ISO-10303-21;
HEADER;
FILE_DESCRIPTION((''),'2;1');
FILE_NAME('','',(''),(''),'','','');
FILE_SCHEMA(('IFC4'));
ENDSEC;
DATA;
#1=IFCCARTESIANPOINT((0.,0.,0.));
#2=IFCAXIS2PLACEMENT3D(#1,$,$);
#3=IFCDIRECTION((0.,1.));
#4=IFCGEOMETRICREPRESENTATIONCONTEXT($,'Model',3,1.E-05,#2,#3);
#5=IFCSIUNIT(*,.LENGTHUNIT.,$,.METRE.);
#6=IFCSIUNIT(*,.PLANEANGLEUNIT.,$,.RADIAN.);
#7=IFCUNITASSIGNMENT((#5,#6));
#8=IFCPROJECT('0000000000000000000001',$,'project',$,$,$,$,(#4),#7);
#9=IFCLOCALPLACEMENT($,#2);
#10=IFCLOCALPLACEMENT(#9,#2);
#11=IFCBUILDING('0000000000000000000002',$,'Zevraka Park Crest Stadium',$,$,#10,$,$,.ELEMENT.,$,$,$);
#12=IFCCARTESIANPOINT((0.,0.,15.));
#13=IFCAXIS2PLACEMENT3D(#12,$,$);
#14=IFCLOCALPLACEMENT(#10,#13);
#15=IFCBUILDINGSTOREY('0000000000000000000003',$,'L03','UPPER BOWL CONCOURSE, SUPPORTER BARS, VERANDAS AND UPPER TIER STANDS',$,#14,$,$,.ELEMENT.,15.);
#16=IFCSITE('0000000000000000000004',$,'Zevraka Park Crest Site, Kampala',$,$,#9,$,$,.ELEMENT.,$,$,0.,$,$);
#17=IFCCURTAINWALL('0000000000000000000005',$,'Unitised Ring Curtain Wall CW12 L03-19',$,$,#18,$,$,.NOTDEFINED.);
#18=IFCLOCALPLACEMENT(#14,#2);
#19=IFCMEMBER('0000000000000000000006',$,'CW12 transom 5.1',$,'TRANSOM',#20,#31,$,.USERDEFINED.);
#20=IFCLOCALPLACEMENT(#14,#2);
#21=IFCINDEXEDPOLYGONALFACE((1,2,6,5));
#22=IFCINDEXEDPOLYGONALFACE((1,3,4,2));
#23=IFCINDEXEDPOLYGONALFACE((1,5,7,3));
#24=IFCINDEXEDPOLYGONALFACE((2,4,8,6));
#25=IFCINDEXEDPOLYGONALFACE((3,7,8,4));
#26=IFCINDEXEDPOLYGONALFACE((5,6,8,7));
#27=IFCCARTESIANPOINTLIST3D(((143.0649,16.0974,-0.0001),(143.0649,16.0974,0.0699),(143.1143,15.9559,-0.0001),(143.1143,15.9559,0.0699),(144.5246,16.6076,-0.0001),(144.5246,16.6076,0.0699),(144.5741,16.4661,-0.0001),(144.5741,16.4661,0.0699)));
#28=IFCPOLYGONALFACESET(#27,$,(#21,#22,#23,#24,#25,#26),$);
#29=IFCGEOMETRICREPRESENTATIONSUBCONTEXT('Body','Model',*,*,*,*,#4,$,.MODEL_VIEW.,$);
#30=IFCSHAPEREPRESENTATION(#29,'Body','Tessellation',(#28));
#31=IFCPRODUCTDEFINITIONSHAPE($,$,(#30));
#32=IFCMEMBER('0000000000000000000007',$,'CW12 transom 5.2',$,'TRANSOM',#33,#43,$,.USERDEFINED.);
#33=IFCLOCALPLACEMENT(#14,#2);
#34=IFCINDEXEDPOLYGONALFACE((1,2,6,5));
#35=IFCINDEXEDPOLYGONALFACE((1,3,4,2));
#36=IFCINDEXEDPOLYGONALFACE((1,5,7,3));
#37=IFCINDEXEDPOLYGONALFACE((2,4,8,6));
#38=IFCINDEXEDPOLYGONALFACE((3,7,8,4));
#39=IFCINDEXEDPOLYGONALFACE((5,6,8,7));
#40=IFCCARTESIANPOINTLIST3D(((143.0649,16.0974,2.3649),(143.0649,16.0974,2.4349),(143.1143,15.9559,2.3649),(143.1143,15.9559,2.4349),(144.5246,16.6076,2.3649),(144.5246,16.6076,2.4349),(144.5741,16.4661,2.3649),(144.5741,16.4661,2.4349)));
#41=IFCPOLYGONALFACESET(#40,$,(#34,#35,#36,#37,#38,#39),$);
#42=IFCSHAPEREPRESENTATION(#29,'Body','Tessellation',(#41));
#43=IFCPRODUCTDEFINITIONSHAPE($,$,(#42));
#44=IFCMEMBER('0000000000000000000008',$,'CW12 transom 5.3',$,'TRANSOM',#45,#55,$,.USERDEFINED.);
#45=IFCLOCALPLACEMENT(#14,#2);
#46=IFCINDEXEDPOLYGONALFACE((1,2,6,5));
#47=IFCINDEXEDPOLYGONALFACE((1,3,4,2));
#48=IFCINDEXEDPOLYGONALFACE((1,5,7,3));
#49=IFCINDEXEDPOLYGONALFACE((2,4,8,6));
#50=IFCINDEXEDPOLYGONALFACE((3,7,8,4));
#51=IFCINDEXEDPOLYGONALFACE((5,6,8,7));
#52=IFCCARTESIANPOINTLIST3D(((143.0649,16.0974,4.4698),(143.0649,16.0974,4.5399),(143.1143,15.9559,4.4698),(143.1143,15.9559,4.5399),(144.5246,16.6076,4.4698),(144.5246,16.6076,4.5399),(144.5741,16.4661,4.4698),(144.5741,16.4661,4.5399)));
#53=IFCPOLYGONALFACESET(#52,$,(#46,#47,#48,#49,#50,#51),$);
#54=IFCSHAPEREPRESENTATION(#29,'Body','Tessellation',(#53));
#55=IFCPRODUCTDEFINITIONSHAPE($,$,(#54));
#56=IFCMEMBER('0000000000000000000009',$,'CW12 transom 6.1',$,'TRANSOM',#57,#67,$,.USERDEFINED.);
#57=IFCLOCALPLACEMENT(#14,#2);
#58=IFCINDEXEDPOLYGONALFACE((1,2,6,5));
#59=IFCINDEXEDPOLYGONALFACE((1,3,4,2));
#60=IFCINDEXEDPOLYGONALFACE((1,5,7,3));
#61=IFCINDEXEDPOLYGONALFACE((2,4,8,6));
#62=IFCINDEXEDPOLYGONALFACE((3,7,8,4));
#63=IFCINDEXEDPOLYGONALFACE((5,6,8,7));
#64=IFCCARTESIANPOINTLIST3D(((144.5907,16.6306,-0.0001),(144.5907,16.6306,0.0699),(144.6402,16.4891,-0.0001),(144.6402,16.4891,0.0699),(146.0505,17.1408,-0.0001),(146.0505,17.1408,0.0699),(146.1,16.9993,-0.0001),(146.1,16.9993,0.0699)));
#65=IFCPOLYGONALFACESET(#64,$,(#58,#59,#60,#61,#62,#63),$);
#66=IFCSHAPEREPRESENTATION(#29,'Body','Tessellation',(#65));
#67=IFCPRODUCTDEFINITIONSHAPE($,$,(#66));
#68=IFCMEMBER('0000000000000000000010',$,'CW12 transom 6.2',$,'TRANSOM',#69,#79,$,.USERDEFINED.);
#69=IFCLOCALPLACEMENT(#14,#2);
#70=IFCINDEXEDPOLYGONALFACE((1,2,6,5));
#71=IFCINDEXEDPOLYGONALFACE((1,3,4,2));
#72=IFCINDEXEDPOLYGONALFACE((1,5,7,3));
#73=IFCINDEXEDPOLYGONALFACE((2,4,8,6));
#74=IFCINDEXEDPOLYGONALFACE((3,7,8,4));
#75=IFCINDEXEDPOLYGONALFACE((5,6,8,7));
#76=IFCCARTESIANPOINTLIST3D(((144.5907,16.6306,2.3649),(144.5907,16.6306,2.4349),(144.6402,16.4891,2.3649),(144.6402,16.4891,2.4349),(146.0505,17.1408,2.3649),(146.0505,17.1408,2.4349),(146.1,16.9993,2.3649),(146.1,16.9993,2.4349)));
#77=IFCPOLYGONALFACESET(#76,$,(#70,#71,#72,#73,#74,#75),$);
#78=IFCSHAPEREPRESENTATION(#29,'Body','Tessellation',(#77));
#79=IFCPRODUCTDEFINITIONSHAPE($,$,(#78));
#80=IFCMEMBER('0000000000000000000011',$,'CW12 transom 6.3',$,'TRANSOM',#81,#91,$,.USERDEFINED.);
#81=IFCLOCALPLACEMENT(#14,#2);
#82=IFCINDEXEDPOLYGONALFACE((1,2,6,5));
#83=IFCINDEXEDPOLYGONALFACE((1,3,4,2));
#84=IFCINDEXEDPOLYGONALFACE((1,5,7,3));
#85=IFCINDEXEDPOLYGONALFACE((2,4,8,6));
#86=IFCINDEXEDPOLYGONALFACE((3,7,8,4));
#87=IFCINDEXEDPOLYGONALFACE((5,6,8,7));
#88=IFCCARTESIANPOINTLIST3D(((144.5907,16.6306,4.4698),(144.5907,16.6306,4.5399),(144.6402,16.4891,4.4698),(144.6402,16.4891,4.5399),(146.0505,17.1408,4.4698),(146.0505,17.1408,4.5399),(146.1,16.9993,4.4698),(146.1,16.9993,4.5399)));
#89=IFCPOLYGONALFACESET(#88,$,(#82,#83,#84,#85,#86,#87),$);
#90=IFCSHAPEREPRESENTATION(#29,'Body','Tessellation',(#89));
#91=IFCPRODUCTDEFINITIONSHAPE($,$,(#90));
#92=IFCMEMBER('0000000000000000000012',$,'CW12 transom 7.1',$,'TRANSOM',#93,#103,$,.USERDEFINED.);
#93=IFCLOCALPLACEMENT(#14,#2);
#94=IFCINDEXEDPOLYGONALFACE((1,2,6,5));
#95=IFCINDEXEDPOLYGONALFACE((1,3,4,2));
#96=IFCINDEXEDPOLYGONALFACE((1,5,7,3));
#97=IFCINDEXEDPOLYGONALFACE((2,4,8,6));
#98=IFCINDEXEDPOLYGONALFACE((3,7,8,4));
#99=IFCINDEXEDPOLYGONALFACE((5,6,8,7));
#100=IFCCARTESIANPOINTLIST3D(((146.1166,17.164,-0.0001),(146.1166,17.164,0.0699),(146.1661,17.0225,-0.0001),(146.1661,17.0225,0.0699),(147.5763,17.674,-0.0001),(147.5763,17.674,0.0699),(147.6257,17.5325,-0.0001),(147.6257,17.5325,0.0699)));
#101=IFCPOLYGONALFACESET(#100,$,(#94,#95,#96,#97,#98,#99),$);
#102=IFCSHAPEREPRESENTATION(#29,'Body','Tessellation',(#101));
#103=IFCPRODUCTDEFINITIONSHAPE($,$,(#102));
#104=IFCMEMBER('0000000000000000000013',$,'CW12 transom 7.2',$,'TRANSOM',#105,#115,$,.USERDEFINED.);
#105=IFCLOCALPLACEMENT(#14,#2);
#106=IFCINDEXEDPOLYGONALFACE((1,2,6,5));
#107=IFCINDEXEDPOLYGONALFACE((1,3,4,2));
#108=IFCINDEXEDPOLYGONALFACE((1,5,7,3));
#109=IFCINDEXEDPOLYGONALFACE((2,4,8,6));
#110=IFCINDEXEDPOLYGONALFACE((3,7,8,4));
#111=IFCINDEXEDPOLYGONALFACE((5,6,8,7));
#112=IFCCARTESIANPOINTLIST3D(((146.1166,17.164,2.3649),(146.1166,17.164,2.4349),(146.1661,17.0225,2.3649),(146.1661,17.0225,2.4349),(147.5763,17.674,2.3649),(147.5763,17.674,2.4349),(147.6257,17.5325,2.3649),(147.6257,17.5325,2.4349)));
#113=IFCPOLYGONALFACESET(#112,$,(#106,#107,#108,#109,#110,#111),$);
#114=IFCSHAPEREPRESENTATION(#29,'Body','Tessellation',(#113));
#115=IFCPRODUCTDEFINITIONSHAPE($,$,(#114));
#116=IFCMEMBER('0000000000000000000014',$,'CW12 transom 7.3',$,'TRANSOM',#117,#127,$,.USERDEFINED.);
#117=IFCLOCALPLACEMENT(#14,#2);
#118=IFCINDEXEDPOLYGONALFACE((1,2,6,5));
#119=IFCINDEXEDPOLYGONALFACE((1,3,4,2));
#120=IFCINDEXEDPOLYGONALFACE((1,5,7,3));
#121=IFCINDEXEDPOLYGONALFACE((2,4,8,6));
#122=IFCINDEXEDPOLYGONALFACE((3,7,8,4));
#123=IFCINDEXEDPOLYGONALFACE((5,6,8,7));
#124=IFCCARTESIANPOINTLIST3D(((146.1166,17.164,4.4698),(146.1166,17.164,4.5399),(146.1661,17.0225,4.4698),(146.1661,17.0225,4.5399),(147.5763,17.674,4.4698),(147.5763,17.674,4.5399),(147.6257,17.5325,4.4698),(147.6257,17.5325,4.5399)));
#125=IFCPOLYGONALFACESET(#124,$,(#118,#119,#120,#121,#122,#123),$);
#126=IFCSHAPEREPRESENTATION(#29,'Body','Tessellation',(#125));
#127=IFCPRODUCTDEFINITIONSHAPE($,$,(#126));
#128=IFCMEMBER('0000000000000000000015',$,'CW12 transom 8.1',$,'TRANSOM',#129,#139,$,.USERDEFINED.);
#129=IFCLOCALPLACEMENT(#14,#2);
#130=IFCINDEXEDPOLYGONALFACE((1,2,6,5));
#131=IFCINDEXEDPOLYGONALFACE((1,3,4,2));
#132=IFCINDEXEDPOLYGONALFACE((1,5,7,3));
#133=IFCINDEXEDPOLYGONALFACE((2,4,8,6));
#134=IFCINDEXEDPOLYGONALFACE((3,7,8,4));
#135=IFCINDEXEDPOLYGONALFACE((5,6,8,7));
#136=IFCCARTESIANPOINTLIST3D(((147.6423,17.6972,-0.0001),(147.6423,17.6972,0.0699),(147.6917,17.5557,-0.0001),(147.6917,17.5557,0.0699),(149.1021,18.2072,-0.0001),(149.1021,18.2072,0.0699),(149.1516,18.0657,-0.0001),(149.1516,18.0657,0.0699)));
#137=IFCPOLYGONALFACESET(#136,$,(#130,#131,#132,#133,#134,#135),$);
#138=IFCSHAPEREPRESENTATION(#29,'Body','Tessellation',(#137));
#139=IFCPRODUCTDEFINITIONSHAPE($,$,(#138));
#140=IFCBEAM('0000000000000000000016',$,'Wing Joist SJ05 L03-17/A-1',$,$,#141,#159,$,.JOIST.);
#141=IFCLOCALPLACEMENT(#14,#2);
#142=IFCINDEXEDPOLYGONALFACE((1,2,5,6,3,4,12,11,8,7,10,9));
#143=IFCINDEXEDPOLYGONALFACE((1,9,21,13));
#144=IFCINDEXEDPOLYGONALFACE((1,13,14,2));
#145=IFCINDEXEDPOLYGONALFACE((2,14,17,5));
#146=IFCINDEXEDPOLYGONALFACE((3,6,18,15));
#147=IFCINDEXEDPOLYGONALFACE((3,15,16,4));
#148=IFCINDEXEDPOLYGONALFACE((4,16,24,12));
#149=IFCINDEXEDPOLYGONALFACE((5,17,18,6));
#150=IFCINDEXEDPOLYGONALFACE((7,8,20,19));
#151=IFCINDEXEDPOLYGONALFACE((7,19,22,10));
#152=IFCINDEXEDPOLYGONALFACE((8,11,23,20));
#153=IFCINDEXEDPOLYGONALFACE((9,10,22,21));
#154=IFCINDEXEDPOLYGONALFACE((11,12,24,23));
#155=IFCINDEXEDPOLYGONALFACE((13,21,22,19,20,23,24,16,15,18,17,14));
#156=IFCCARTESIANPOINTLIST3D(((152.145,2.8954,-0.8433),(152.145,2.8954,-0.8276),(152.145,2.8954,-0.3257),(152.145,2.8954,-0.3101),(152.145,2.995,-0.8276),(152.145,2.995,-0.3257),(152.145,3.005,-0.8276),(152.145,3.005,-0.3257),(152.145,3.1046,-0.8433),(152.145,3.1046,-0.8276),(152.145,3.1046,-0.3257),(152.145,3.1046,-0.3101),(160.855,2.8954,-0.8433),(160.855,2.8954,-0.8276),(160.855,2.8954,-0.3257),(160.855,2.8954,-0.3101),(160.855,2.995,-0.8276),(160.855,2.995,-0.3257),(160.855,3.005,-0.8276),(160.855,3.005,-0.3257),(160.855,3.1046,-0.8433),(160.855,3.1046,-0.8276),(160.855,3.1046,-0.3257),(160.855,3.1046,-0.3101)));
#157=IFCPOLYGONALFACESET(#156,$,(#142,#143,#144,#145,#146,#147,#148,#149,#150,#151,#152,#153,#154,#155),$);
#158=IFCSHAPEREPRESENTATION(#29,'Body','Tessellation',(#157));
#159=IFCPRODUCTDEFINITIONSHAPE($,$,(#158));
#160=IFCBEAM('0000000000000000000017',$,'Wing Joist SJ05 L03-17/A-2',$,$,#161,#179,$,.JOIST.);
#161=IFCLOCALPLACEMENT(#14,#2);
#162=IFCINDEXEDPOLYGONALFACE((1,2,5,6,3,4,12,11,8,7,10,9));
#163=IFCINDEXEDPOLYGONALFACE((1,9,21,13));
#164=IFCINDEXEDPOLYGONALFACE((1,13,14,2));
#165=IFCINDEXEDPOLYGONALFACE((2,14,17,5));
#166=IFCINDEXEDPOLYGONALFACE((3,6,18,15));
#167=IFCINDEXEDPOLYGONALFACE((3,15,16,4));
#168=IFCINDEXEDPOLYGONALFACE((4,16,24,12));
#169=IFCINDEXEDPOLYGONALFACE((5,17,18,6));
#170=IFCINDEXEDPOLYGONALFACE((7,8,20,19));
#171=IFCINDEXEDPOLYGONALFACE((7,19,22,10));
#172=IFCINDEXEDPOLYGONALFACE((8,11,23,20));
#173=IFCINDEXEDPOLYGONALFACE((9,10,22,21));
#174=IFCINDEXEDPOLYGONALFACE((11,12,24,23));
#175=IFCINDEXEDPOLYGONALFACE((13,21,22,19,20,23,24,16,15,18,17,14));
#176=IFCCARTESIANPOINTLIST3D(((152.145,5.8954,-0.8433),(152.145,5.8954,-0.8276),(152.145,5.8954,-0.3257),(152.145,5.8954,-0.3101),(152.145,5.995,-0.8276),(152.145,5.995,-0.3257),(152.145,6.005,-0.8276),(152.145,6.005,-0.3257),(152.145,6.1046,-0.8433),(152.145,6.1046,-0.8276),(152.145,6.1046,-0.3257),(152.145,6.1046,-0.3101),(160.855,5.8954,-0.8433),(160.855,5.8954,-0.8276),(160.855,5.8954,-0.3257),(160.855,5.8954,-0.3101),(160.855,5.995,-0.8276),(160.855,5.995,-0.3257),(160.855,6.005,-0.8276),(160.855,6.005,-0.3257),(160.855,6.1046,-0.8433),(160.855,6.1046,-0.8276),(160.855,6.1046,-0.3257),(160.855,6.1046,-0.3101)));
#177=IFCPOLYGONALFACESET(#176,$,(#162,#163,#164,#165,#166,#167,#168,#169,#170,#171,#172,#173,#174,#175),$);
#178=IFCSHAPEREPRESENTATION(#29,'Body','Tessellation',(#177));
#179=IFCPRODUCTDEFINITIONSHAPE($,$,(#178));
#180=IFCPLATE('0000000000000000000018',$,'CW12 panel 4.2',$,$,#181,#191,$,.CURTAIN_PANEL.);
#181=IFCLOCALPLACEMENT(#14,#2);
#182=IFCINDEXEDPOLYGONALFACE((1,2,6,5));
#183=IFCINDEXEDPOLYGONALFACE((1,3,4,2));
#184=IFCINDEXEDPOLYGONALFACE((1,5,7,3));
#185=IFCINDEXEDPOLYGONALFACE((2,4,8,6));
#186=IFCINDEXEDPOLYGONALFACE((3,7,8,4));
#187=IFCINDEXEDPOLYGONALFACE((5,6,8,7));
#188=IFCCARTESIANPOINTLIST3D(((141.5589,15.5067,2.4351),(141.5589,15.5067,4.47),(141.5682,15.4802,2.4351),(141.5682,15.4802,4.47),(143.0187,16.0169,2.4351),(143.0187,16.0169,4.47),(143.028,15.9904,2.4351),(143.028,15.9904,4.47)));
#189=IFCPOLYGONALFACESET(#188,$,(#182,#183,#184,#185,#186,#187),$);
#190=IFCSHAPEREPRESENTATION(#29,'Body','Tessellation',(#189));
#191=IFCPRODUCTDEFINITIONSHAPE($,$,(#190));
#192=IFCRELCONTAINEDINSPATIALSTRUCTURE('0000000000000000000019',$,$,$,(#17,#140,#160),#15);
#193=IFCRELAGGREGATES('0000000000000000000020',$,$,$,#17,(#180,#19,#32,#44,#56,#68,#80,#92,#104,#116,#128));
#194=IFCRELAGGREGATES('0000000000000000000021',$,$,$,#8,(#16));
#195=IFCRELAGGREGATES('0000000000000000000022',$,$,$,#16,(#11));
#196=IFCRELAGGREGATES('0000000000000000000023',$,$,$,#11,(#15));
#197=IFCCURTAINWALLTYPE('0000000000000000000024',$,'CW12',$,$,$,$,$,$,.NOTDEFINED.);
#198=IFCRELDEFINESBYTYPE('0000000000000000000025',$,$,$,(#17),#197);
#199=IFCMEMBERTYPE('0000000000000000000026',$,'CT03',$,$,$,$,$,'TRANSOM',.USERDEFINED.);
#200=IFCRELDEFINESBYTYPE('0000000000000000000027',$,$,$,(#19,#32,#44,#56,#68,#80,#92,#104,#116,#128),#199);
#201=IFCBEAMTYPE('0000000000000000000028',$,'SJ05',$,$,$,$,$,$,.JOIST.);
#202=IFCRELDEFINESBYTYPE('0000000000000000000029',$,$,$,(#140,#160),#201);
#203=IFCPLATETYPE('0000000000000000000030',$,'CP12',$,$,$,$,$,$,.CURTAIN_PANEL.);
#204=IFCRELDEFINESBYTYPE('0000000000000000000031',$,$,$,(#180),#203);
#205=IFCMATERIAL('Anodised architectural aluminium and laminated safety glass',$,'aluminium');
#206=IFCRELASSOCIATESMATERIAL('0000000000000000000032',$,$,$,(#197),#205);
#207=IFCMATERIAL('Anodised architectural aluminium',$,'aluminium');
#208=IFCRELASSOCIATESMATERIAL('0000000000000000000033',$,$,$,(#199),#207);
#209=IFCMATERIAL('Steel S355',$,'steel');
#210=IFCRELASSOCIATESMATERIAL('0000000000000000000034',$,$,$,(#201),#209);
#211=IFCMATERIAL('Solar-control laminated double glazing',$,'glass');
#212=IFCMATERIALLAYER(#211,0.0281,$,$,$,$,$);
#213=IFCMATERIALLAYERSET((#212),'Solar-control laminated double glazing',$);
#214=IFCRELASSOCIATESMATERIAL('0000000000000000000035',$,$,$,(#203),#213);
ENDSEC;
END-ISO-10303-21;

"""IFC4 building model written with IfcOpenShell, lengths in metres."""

from ifc_helpers import new_model, si_unit, direction, frame, origin, origin_2d, place, context, subcontext, project, spatial, rectangle, i_section, extrude, material, layer, layer_set, material_profile, profile_set, type_object, element, aggregate, save


model = new_model("IFC4")

# Units and contexts
model_context = context("Model", 3, precision=1e-05, world=origin(), true_north=direction((0.0, 1.0)))
body_context = subcontext(model_context, "Body", "Model", "MODEL_VIEW")
ifc_project = project(units=[si_unit("LENGTHUNIT", "METRE"), si_unit("PLANEANGLEUNIT", "RADIAN")], contexts=[model_context])

# Site, building, storey
site_placement = place(None, origin())
site = spatial("IfcSite", under=ifc_project, at=site_placement, Name="Zevraka Park Crest Site, Kampala", CompositionType="ELEMENT", RefElevation=0.0)
building_placement = place(site_placement, origin())
building = spatial("IfcBuilding", under=site, at=building_placement, Name="Zevraka Park Crest Stadium", CompositionType="ELEMENT")
storey_placement = place(building_placement, frame((0.0, 0.0, 15.0)))
storey = spatial("IfcBuildingStorey", under=building, at=storey_placement, Name="L03", Description="UPPER BOWL CONCOURSE, SUPPORTER BARS, VERANDAS AND UPPER TIER STANDS", CompositionType="ELEMENT", Elevation=15.0)

# Curtain wall, members
ifc_material_1 = material(Name="Anodised architectural aluminium and laminated safety glass", Category="aluminium")
curtain_wall_type = type_object("IfcCurtainWallType", Name="CW12", PredefinedType="NOTDEFINED", material=ifc_material_1)
curtain_wall_placement = place(storey_placement, origin())
curtain_wall = element("IfcCurtainWall", 1, at=curtain_wall_placement, inside=storey, type_object=curtain_wall_type, Name="Unitised Ring Curtain Wall CW12 L03-19", PredefinedType="NOTDEFINED")
ifc_material_2 = material(Name="Anodised architectural aluminium", Category="aluminium")
ifc_material_profile_1 = material_profile(ifc_material_2, rectangle(XDim=0.1499, YDim=0.0701, at=origin_2d()), Name="ALU TRANSOM 150x70")
ifc_profile_set_1 = profile_set([ifc_material_profile_1], Name="Anodised architectural aluminium")
member_type_1 = type_object("IfcMemberType", Name="CT03", ElementType="TRANSOM", PredefinedType="USERDEFINED", material=ifc_profile_set_1)
member_1_placement = place(storey_placement, frame((143.0896, 16.0266, 0.0349), z_axis=(0.943989, 0.329978, 0.0), x_axis=(-0.329978, 0.943989, 0.0)))
member_1 = element("IfcMember", 2, at=member_1_placement, type_object=member_type_1, Name="CW12 transom 5.1", ObjectType="TRANSOM", PredefinedType="USERDEFINED", context=body_context, shape_type="SweptSolid", body=[
    extrude(rectangle(XDim=0.1499, YDim=0.0701, at=origin_2d()), origin(), (0.0, 0.0, 1.0), 1.5464),
])
member_2_placement = place(storey_placement, frame((143.0896, 16.0266, 2.3999), z_axis=(0.943989, 0.329978, 0.0), x_axis=(-0.329978, 0.943989, 0.0)))
member_2 = element("IfcMember", 3, at=member_2_placement, type_object=member_type_1, Name="CW12 transom 5.2", ObjectType="TRANSOM", PredefinedType="USERDEFINED", context=body_context, shape_type="SweptSolid", body=[
    extrude(rectangle(XDim=0.1499, YDim=0.0701, at=origin_2d()), origin(), (0.0, 0.0, 1.0), 1.5464),
])
member_3_placement = place(storey_placement, frame((143.0896, 16.0266, 4.5049), z_axis=(0.943989, 0.329978, 0.0), x_axis=(-0.329978, 0.943989, 0.0)))
member_3 = element("IfcMember", 4, at=member_3_placement, type_object=member_type_1, Name="CW12 transom 5.3", ObjectType="TRANSOM", PredefinedType="USERDEFINED", context=body_context, shape_type="SweptSolid", body=[
    extrude(rectangle(XDim=0.1499, YDim=0.0701, at=origin_2d()), origin(), (0.0, 0.0, 1.0), 1.5464),
])
member_4_placement = place(storey_placement, frame((144.6155, 16.5598, 0.0349), z_axis=(0.943989, 0.329978, 0.0), x_axis=(-0.329978, 0.943989, 0.0)))
member_4 = element("IfcMember", 5, at=member_4_placement, type_object=member_type_1, Name="CW12 transom 6.1", ObjectType="TRANSOM", PredefinedType="USERDEFINED", context=body_context, shape_type="SweptSolid", body=[
    extrude(rectangle(XDim=0.1499, YDim=0.0701, at=origin_2d()), origin(), (0.0, 0.0, 1.0), 1.5464),
])
member_5_placement = place(storey_placement, frame((144.6155, 16.5598, 2.3999), z_axis=(0.943989, 0.329978, 0.0), x_axis=(-0.329978, 0.943989, 0.0)))
member_5 = element("IfcMember", 6, at=member_5_placement, type_object=member_type_1, Name="CW12 transom 6.2", ObjectType="TRANSOM", PredefinedType="USERDEFINED", context=body_context, shape_type="SweptSolid", body=[
    extrude(rectangle(XDim=0.1499, YDim=0.0701, at=origin_2d()), origin(), (0.0, 0.0, 1.0), 1.5464),
])
member_6_placement = place(storey_placement, frame((144.6155, 16.5598, 4.5049), z_axis=(0.943989, 0.329978, 0.0), x_axis=(-0.329978, 0.943989, 0.0)))
member_6 = element("IfcMember", 7, at=member_6_placement, type_object=member_type_1, Name="CW12 transom 6.3", ObjectType="TRANSOM", PredefinedType="USERDEFINED", context=body_context, shape_type="SweptSolid", body=[
    extrude(rectangle(XDim=0.1499, YDim=0.0701, at=origin_2d()), origin(), (0.0, 0.0, 1.0), 1.5464),
])
member_7_placement = place(storey_placement, frame((146.1414, 17.0933, 0.0349), z_axis=(0.944038, 0.329837, 0.0), x_axis=(-0.329837, 0.944038, 0.0)))
member_7 = element("IfcMember", 8, at=member_7_placement, type_object=member_type_1, Name="CW12 transom 7.1", ObjectType="TRANSOM", PredefinedType="USERDEFINED", context=body_context, shape_type="SweptSolid", body=[
    extrude(rectangle(XDim=0.1499, YDim=0.0701, at=origin_2d()), origin(), (0.0, 0.0, 1.0), 1.5461),
])
member_8_placement = place(storey_placement, frame((146.1414, 17.0933, 2.3999), z_axis=(0.944038, 0.329837, 0.0), x_axis=(-0.329837, 0.944038, 0.0)))
member_8 = element("IfcMember", 9, at=member_8_placement, type_object=member_type_1, Name="CW12 transom 7.2", ObjectType="TRANSOM", PredefinedType="USERDEFINED", context=body_context, shape_type="SweptSolid", body=[
    extrude(rectangle(XDim=0.1499, YDim=0.0701, at=origin_2d()), origin(), (0.0, 0.0, 1.0), 1.5461),
])
member_9_placement = place(storey_placement, frame((146.1414, 17.0933, 4.5049), z_axis=(0.944038, 0.329837, 0.0), x_axis=(-0.329837, 0.944038, 0.0)))
member_9 = element("IfcMember", 10, at=member_9_placement, type_object=member_type_1, Name="CW12 transom 7.3", ObjectType="TRANSOM", PredefinedType="USERDEFINED", context=body_context, shape_type="SweptSolid", body=[
    extrude(rectangle(XDim=0.1499, YDim=0.0701, at=origin_2d()), origin(), (0.0, 0.0, 1.0), 1.5461),
])
member_10_placement = place(storey_placement, frame((147.667, 17.6265, 0.0349), z_axis=(0.944055, 0.329788, 0.0), x_axis=(-0.329788, 0.944055, 0.0)))
member_10 = element("IfcMember", 11, at=member_10_placement, type_object=member_type_1, Name="CW12 transom 8.1", ObjectType="TRANSOM", PredefinedType="USERDEFINED", context=body_context, shape_type="SweptSolid", body=[
    extrude(rectangle(XDim=0.1499, YDim=0.0701, at=origin_2d()), origin(), (0.0, 0.0, 1.0), 1.5464),
])

# Beams
ifc_material_3 = material(Name="Steel S355", Category="steel")
ifc_material_profile_2 = material_profile(ifc_material_3, i_section(OverallWidth=0.2092, OverallDepth=0.5332, WebThickness=0.01, FlangeThickness=0.0156, at=origin_2d()), Name="UKB 533x210x92")
ifc_profile_set_2 = profile_set([ifc_material_profile_2], Name="Steel S355")
beam_type_1 = type_object("IfcBeamType", Name="SJ05", PredefinedType="JOIST", material=ifc_profile_set_2)
for number, where, z_axis, x_axis, name in (
    (12, (152.145, 3.0, -0.5767), (1.0, 0.0, 0.0), (0.0, 1.0, 0.0), "Wing Joist SJ05 L03-17/A-1"),
    (13, (152.145, 6.0, -0.5767), (1.0, 0.0, 0.0), (0.0, 1.0, 0.0), "Wing Joist SJ05 L03-17/A-2"),
):
    element("IfcBeam", number, at=place(storey_placement, frame(where, z_axis=z_axis, x_axis=x_axis)), inside=storey, type_object=beam_type_1, Name=name, PredefinedType="JOIST", context=body_context, shape_type="SweptSolid", body=[
        extrude(i_section(OverallWidth=0.2092, OverallDepth=0.5332, WebThickness=0.01, FlangeThickness=0.0156, at=origin_2d()), origin(), (0.0, 0.0, 1.0), 8.71),
    ])

# Plate
ifc_material_4 = material(Name="Solar-control laminated double glazing", Category="glass")
ifc_layer_1 = layer(ifc_material_4, 0.0281)
ifc_layer_set_1 = layer_set([ifc_layer_1], Name="Solar-control laminated double glazing")
plate_type = type_object("IfcPlateType", Name="CP12", PredefinedType="CURTAIN_PANEL", material=ifc_layer_set_1)
plate_1_placement = place(storey_placement, frame((142.2935, 15.7485, 2.4351), z_axis=(0.0, 0.0, 1.0), x_axis=(0.94401, 0.329917, 0.0)))
plate_1 = element("IfcPlate", 14, at=plate_1_placement, type_object=plate_type, Name="CW12 panel 4.2", PredefinedType="CURTAIN_PANEL", context=body_context, shape_type="SweptSolid", body=[
    extrude(rectangle(XDim=1.5464, YDim=0.0281, at=origin_2d()), origin(), (0.0, 0.0, 1.0), 2.0349),
])
aggregate(curtain_wall, [plate_1, member_1, member_2, member_3, member_4, member_5, member_6, member_7, member_8, member_9, member_10])

save(model, "model.ifc")
